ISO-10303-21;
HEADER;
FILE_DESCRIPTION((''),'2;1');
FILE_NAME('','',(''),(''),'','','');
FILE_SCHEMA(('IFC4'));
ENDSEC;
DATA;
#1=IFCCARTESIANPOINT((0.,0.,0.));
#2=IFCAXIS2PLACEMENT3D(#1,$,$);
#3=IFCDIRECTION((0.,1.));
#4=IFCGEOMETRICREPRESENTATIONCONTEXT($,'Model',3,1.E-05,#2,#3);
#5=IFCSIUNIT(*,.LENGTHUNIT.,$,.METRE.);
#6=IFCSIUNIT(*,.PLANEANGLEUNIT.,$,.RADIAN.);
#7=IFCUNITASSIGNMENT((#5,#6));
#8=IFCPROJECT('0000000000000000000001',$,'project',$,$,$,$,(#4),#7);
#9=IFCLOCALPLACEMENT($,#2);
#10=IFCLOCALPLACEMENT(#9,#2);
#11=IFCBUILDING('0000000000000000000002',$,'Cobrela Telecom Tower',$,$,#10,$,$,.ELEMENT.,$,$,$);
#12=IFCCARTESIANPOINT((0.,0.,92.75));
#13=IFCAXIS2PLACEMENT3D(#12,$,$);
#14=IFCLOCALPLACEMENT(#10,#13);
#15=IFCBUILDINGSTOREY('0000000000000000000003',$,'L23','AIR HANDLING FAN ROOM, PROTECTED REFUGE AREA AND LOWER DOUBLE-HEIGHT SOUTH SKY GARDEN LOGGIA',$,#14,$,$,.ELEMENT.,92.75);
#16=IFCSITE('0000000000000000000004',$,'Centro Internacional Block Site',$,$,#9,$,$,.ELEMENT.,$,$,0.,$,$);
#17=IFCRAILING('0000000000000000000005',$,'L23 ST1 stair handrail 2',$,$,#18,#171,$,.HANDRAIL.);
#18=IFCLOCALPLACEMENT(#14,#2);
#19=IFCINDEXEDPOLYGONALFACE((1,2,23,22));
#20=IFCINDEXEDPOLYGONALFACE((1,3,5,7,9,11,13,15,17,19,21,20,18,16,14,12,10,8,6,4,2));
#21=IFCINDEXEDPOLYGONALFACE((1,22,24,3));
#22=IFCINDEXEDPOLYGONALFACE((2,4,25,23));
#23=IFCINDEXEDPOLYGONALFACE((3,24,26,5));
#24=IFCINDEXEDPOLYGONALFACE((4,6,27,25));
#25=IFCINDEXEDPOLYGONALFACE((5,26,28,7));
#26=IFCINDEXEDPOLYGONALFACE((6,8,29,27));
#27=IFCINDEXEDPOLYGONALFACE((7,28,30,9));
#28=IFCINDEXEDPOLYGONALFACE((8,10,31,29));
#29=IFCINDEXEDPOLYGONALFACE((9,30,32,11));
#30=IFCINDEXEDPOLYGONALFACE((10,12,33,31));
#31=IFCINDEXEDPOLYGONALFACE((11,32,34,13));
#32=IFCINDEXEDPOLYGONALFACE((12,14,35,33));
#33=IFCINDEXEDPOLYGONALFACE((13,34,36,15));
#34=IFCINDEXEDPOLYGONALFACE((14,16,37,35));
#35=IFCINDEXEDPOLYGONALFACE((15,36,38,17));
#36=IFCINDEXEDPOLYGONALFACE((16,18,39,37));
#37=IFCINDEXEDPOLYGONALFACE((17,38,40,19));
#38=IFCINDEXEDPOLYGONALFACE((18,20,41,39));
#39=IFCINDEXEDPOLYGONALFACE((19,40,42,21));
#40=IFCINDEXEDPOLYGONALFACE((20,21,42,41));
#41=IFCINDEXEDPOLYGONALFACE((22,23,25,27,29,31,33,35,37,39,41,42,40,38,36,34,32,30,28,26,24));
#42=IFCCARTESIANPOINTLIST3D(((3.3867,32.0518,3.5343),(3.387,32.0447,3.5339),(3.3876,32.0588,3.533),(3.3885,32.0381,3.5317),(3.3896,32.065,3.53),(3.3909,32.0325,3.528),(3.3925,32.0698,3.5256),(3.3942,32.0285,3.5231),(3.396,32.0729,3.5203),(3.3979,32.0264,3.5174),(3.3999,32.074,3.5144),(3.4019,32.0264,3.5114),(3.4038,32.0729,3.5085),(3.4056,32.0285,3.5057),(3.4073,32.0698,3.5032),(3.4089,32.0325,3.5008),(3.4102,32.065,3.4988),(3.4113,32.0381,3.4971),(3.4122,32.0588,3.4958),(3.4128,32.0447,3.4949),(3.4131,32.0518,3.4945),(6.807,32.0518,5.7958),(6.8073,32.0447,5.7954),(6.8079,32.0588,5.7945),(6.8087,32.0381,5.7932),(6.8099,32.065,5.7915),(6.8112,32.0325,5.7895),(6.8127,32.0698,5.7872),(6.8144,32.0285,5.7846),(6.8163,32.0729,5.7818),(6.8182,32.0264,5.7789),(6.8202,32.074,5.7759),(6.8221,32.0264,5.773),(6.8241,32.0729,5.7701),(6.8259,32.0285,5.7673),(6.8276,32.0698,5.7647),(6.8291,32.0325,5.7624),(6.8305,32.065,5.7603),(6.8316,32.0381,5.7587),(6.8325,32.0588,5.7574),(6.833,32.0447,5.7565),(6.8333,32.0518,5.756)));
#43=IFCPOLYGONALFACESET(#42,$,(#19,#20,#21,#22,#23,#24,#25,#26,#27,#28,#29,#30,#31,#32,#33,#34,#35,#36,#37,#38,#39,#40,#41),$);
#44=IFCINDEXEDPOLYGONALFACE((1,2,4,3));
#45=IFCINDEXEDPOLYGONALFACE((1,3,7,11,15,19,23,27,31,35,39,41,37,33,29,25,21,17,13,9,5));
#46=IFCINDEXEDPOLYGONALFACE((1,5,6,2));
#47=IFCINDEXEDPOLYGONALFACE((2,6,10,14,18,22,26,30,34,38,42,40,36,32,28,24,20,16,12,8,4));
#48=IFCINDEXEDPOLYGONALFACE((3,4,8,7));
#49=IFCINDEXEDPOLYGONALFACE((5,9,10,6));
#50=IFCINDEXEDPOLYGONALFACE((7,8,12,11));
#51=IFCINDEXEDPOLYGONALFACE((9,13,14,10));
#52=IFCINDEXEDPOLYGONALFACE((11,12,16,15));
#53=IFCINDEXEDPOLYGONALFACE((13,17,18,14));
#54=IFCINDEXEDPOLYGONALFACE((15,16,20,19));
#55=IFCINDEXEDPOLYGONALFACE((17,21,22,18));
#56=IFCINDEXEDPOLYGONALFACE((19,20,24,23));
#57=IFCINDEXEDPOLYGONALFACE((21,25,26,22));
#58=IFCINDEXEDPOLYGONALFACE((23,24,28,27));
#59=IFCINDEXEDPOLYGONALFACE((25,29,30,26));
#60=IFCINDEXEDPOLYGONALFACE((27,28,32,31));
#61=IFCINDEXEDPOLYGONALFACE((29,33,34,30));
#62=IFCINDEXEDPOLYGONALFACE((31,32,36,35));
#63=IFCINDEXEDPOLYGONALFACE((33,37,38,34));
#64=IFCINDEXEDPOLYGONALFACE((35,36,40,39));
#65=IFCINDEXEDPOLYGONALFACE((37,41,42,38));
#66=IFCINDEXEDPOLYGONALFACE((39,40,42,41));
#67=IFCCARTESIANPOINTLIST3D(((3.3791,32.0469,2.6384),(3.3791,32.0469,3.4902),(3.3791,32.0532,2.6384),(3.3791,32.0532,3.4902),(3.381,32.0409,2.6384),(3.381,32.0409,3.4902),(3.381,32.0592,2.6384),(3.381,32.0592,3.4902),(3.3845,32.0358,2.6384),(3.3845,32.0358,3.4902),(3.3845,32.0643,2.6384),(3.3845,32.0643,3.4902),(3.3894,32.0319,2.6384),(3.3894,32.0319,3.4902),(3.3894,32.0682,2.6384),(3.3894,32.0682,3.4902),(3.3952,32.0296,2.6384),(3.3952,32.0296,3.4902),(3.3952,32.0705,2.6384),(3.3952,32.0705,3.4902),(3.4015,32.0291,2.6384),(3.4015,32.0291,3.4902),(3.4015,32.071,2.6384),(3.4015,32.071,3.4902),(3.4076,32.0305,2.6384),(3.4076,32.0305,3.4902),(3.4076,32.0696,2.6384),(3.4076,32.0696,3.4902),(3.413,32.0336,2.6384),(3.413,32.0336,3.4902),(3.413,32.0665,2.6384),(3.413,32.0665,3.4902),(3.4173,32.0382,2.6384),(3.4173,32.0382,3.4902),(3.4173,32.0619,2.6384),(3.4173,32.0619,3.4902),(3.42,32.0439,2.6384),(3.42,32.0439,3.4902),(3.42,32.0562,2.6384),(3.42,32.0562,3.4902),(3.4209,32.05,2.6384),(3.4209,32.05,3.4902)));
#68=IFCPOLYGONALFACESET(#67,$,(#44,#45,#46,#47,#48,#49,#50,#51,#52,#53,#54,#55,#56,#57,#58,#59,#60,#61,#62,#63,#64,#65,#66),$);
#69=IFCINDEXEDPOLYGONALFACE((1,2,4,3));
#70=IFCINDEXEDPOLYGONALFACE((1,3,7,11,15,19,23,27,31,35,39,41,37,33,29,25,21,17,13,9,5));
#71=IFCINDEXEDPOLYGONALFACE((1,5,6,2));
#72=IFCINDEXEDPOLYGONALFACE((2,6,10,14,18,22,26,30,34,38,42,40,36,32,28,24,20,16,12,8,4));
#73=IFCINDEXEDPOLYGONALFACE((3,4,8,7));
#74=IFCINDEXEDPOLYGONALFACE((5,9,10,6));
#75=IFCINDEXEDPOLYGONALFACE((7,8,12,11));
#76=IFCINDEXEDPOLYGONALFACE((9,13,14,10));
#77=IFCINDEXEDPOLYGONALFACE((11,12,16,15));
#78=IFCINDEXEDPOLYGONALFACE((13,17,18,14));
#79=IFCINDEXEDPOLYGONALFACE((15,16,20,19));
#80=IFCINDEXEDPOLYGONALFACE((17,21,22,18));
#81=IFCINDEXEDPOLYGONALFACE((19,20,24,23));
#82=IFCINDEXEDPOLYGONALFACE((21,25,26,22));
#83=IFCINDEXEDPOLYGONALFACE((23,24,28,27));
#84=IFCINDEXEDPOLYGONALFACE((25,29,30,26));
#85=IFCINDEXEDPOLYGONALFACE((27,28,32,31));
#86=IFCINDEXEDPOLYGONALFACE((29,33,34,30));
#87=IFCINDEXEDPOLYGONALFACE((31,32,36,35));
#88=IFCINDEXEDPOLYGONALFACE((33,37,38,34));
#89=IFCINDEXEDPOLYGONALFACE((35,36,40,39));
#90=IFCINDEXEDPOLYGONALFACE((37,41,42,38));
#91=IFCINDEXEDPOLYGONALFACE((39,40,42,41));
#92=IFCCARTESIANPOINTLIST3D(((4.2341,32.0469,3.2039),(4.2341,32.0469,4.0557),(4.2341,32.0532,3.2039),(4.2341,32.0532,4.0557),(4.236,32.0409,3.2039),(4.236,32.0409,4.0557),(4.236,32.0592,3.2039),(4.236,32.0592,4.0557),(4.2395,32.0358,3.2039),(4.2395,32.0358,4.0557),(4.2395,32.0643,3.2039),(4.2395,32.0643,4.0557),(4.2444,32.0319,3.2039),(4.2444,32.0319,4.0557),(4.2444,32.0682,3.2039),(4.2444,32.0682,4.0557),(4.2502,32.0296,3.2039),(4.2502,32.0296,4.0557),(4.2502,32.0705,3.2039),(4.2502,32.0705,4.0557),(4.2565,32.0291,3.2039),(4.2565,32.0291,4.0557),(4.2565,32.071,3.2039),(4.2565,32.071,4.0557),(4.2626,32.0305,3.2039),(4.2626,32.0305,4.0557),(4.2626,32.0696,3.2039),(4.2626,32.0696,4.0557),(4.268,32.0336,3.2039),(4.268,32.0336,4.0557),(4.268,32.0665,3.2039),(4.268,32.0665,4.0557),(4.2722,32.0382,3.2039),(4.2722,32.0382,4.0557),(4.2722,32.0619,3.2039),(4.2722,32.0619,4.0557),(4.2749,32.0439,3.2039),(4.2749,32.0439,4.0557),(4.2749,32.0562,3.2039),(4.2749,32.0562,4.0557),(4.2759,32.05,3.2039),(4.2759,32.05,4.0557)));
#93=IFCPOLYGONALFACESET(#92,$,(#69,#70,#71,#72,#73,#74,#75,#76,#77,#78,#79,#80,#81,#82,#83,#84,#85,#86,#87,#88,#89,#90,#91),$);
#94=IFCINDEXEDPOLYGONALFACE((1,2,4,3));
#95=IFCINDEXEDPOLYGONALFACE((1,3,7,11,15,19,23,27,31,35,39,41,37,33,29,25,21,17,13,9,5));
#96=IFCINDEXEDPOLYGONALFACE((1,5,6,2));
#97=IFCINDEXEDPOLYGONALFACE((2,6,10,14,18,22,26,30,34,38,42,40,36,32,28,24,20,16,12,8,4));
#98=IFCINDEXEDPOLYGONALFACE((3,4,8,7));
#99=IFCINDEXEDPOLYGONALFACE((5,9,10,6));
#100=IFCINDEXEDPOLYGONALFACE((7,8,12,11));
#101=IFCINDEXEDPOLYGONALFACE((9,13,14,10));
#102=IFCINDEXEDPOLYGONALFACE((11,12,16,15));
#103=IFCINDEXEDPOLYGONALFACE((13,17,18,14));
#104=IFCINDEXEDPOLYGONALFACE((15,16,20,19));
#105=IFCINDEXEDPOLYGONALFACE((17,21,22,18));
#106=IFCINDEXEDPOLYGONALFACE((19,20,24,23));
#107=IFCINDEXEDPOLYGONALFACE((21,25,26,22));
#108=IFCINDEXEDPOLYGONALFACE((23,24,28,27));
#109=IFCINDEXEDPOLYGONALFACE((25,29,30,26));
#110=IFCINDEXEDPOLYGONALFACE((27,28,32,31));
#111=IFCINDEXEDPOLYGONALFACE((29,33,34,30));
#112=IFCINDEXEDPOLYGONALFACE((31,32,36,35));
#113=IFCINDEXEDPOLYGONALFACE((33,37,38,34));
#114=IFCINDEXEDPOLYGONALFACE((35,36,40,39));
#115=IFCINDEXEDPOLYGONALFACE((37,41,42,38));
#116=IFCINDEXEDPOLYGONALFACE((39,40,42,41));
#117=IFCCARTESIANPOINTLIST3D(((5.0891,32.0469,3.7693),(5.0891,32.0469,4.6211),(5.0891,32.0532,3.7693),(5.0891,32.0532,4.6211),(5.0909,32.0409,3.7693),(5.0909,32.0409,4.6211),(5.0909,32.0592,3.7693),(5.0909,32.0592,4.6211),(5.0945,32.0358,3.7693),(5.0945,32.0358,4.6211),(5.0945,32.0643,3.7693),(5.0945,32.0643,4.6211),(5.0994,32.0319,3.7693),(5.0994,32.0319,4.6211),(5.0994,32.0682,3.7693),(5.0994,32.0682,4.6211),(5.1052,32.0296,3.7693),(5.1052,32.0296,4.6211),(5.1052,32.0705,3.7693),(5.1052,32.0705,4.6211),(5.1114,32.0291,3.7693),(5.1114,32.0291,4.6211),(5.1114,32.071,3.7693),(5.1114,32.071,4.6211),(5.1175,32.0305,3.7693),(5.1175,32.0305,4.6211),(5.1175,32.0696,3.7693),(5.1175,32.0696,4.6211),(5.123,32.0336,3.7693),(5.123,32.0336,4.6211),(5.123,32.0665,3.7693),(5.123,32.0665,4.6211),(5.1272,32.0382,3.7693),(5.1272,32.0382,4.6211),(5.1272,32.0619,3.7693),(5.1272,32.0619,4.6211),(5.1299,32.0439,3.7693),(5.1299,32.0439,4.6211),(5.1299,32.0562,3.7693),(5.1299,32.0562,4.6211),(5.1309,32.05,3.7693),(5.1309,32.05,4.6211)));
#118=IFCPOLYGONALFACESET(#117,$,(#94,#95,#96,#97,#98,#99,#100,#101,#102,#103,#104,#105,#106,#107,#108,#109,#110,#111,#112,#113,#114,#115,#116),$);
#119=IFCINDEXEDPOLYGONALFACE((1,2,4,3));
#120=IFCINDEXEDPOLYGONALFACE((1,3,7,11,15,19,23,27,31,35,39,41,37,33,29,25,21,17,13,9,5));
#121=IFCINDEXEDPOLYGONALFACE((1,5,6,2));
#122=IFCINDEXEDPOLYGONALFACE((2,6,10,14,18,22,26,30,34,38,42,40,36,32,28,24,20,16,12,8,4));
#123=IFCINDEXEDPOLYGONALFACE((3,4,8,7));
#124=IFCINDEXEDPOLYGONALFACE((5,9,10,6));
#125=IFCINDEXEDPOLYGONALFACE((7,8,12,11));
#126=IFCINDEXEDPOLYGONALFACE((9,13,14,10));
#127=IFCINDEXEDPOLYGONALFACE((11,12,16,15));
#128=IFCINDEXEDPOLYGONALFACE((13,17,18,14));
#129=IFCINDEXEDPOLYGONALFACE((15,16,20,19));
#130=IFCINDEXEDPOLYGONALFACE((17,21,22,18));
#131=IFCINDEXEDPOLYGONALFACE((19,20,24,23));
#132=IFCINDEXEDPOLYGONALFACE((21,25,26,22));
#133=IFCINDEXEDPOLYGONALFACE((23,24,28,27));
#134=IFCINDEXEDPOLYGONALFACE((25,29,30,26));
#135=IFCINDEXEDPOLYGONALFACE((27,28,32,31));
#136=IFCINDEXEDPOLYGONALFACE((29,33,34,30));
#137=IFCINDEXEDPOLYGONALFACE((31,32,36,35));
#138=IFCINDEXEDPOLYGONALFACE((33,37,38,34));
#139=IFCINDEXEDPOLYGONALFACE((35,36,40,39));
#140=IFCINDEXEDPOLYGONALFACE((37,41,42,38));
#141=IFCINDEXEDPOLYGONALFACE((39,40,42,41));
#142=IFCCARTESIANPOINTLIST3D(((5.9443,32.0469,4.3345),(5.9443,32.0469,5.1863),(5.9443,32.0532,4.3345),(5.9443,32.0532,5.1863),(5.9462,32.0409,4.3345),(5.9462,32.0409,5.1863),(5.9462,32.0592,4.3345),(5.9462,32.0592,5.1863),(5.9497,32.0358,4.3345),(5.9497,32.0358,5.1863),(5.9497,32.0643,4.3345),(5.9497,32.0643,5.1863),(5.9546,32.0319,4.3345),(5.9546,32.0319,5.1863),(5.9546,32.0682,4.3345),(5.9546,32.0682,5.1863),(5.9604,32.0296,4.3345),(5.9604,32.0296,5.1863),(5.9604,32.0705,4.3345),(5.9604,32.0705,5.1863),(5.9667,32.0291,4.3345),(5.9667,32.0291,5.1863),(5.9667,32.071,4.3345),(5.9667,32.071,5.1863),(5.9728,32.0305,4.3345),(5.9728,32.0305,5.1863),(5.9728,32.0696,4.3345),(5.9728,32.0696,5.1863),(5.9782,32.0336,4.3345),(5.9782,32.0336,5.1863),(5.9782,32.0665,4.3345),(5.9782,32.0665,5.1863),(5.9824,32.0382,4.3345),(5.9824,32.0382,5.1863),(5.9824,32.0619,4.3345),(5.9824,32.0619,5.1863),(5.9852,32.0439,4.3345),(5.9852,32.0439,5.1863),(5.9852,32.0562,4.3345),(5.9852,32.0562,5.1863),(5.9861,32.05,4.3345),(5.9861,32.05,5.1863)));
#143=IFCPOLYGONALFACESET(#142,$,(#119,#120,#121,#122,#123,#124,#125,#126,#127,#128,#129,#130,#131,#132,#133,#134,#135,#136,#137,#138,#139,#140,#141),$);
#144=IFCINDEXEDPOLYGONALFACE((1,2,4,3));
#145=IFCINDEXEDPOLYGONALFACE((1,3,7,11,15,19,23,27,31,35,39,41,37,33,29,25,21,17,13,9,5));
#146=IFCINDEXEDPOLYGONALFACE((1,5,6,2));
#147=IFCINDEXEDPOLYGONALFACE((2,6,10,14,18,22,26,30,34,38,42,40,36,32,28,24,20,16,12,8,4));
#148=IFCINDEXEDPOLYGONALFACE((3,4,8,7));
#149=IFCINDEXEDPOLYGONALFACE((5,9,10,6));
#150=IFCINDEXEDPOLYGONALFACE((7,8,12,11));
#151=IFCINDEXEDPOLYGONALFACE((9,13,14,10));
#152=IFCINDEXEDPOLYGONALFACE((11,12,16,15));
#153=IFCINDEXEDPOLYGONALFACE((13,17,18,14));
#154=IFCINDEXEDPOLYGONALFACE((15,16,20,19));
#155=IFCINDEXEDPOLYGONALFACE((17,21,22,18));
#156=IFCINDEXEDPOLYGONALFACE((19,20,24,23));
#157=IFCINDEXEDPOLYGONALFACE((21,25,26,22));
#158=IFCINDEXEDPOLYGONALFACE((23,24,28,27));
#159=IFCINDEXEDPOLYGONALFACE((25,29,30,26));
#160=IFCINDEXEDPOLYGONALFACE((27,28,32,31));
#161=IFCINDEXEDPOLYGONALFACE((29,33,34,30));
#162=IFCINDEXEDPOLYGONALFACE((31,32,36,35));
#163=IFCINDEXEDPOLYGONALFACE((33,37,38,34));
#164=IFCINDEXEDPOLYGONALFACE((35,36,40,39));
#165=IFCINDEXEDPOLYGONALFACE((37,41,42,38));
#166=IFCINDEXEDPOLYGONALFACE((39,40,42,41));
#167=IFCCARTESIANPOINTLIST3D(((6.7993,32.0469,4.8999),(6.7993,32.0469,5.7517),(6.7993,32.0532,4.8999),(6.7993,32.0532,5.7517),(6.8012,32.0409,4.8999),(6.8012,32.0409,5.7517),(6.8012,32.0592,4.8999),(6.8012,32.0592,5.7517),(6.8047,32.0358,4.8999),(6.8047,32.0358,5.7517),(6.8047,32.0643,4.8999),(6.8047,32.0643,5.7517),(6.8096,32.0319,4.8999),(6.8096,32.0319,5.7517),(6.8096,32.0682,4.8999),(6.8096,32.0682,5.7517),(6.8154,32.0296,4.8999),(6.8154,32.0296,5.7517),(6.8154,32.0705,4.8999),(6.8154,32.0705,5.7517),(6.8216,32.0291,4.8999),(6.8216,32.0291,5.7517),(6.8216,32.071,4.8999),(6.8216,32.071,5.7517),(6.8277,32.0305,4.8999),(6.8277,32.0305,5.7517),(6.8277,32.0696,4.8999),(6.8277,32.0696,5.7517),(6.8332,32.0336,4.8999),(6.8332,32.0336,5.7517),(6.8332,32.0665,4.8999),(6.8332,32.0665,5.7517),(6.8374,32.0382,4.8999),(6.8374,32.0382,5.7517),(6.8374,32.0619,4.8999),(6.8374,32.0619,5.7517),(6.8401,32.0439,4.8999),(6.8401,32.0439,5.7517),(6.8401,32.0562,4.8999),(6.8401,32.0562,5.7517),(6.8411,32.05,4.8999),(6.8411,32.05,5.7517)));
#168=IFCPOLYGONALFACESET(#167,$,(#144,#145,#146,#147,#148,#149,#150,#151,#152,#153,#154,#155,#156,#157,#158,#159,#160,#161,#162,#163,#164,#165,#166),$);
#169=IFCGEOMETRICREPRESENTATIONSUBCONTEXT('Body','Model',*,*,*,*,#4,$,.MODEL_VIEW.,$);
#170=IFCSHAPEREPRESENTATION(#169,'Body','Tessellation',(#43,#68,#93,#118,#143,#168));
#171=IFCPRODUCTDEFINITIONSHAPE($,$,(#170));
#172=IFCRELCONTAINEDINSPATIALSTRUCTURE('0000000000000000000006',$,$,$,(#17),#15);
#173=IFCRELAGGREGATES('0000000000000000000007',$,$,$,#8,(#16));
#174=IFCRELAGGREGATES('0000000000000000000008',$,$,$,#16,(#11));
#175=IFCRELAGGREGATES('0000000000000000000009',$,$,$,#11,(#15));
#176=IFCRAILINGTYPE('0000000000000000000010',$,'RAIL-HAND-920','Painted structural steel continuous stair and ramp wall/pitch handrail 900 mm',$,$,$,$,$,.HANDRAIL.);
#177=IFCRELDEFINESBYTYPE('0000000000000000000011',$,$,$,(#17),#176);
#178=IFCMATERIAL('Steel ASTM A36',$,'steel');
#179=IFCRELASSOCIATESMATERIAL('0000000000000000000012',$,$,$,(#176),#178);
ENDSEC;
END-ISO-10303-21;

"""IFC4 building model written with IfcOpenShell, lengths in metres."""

from ifc_helpers import new_model, si_unit, direction, frame, origin, origin_2d, place, context, subcontext, project, spatial, circle, extrude, material, type_object, element, save


model = new_model("IFC4")

# Units and contexts
model_context = context("Model", 3, precision=1e-05, world=origin(), true_north=direction((0.0, 1.0)))
body_context = subcontext(model_context, "Body", "Model", "MODEL_VIEW")
ifc_project = project(units=[si_unit("LENGTHUNIT", "METRE"), si_unit("PLANEANGLEUNIT", "RADIAN")], contexts=[model_context])

# Site, building, storey
site_placement = place(None, origin())
site = spatial("IfcSite", under=ifc_project, at=site_placement, Name="Centro Internacional Block Site", CompositionType="ELEMENT", RefElevation=0.0)
building_placement = place(site_placement, origin())
building = spatial("IfcBuilding", under=site, at=building_placement, Name="Cobrela Telecom Tower", CompositionType="ELEMENT")
storey_placement = place(building_placement, frame((0.0, 0.0, 92.75)))
storey = spatial("IfcBuildingStorey", under=building, at=storey_placement, Name="L23", Description="AIR HANDLING FAN ROOM, PROTECTED REFUGE AREA AND LOWER DOUBLE-HEIGHT SOUTH SKY GARDEN LOGGIA", CompositionType="ELEMENT", Elevation=92.75)

# Shared definitions
ifc_material_1 = material(Name="Steel ASTM A36", Category="steel")

# Railing
railing_type_1 = type_object("IfcRailingType", Name="RAIL-HAND-920", Description="Painted structural steel continuous stair and ramp wall/pitch handrail 900 mm", PredefinedType="HANDRAIL", material=ifc_material_1)
railing_1_placement = place(storey_placement, frame((3.3999, 32.05, 2.6384)))
element("IfcRailing", 1, at=railing_1_placement, inside=storey, type_object=railing_type_1, Name="L23 ST1 stair handrail 2", PredefinedType="HANDRAIL", context=body_context, shape_type="SweptSolid", body=[
    extrude(circle(Radius=0.0239, at=origin_2d()), frame((0.0, 0.0, 0.876), z_axis=(0.834142, 0.0, 0.55155), x_axis=(0.0, 1.0, 0.0)), (0.0, 0.0, 1.0), 4.1003),
    extrude(circle(Radius=0.021, at=origin_2d()), origin(), (0.0, 0.0, 1.0), 0.8518),
    extrude(circle(Radius=0.021, at=origin_2d()), frame((0.855, 0.0, 0.5654)), (0.0, 0.0, 1.0), 0.8518),
    extrude(circle(Radius=0.021, at=origin_2d()), frame((1.71, 0.0, 1.1309)), (0.0, 0.0, 1.0), 0.8518),
    extrude(circle(Radius=0.021, at=origin_2d()), frame((2.5652, 0.0, 1.696)), (0.0, 0.0, 1.0), 0.8518),
    extrude(circle(Radius=0.021, at=origin_2d()), frame((3.4202, 0.0, 2.2615)), (0.0, 0.0, 1.0), 0.8518),
])

save(model, "model.ifc")
